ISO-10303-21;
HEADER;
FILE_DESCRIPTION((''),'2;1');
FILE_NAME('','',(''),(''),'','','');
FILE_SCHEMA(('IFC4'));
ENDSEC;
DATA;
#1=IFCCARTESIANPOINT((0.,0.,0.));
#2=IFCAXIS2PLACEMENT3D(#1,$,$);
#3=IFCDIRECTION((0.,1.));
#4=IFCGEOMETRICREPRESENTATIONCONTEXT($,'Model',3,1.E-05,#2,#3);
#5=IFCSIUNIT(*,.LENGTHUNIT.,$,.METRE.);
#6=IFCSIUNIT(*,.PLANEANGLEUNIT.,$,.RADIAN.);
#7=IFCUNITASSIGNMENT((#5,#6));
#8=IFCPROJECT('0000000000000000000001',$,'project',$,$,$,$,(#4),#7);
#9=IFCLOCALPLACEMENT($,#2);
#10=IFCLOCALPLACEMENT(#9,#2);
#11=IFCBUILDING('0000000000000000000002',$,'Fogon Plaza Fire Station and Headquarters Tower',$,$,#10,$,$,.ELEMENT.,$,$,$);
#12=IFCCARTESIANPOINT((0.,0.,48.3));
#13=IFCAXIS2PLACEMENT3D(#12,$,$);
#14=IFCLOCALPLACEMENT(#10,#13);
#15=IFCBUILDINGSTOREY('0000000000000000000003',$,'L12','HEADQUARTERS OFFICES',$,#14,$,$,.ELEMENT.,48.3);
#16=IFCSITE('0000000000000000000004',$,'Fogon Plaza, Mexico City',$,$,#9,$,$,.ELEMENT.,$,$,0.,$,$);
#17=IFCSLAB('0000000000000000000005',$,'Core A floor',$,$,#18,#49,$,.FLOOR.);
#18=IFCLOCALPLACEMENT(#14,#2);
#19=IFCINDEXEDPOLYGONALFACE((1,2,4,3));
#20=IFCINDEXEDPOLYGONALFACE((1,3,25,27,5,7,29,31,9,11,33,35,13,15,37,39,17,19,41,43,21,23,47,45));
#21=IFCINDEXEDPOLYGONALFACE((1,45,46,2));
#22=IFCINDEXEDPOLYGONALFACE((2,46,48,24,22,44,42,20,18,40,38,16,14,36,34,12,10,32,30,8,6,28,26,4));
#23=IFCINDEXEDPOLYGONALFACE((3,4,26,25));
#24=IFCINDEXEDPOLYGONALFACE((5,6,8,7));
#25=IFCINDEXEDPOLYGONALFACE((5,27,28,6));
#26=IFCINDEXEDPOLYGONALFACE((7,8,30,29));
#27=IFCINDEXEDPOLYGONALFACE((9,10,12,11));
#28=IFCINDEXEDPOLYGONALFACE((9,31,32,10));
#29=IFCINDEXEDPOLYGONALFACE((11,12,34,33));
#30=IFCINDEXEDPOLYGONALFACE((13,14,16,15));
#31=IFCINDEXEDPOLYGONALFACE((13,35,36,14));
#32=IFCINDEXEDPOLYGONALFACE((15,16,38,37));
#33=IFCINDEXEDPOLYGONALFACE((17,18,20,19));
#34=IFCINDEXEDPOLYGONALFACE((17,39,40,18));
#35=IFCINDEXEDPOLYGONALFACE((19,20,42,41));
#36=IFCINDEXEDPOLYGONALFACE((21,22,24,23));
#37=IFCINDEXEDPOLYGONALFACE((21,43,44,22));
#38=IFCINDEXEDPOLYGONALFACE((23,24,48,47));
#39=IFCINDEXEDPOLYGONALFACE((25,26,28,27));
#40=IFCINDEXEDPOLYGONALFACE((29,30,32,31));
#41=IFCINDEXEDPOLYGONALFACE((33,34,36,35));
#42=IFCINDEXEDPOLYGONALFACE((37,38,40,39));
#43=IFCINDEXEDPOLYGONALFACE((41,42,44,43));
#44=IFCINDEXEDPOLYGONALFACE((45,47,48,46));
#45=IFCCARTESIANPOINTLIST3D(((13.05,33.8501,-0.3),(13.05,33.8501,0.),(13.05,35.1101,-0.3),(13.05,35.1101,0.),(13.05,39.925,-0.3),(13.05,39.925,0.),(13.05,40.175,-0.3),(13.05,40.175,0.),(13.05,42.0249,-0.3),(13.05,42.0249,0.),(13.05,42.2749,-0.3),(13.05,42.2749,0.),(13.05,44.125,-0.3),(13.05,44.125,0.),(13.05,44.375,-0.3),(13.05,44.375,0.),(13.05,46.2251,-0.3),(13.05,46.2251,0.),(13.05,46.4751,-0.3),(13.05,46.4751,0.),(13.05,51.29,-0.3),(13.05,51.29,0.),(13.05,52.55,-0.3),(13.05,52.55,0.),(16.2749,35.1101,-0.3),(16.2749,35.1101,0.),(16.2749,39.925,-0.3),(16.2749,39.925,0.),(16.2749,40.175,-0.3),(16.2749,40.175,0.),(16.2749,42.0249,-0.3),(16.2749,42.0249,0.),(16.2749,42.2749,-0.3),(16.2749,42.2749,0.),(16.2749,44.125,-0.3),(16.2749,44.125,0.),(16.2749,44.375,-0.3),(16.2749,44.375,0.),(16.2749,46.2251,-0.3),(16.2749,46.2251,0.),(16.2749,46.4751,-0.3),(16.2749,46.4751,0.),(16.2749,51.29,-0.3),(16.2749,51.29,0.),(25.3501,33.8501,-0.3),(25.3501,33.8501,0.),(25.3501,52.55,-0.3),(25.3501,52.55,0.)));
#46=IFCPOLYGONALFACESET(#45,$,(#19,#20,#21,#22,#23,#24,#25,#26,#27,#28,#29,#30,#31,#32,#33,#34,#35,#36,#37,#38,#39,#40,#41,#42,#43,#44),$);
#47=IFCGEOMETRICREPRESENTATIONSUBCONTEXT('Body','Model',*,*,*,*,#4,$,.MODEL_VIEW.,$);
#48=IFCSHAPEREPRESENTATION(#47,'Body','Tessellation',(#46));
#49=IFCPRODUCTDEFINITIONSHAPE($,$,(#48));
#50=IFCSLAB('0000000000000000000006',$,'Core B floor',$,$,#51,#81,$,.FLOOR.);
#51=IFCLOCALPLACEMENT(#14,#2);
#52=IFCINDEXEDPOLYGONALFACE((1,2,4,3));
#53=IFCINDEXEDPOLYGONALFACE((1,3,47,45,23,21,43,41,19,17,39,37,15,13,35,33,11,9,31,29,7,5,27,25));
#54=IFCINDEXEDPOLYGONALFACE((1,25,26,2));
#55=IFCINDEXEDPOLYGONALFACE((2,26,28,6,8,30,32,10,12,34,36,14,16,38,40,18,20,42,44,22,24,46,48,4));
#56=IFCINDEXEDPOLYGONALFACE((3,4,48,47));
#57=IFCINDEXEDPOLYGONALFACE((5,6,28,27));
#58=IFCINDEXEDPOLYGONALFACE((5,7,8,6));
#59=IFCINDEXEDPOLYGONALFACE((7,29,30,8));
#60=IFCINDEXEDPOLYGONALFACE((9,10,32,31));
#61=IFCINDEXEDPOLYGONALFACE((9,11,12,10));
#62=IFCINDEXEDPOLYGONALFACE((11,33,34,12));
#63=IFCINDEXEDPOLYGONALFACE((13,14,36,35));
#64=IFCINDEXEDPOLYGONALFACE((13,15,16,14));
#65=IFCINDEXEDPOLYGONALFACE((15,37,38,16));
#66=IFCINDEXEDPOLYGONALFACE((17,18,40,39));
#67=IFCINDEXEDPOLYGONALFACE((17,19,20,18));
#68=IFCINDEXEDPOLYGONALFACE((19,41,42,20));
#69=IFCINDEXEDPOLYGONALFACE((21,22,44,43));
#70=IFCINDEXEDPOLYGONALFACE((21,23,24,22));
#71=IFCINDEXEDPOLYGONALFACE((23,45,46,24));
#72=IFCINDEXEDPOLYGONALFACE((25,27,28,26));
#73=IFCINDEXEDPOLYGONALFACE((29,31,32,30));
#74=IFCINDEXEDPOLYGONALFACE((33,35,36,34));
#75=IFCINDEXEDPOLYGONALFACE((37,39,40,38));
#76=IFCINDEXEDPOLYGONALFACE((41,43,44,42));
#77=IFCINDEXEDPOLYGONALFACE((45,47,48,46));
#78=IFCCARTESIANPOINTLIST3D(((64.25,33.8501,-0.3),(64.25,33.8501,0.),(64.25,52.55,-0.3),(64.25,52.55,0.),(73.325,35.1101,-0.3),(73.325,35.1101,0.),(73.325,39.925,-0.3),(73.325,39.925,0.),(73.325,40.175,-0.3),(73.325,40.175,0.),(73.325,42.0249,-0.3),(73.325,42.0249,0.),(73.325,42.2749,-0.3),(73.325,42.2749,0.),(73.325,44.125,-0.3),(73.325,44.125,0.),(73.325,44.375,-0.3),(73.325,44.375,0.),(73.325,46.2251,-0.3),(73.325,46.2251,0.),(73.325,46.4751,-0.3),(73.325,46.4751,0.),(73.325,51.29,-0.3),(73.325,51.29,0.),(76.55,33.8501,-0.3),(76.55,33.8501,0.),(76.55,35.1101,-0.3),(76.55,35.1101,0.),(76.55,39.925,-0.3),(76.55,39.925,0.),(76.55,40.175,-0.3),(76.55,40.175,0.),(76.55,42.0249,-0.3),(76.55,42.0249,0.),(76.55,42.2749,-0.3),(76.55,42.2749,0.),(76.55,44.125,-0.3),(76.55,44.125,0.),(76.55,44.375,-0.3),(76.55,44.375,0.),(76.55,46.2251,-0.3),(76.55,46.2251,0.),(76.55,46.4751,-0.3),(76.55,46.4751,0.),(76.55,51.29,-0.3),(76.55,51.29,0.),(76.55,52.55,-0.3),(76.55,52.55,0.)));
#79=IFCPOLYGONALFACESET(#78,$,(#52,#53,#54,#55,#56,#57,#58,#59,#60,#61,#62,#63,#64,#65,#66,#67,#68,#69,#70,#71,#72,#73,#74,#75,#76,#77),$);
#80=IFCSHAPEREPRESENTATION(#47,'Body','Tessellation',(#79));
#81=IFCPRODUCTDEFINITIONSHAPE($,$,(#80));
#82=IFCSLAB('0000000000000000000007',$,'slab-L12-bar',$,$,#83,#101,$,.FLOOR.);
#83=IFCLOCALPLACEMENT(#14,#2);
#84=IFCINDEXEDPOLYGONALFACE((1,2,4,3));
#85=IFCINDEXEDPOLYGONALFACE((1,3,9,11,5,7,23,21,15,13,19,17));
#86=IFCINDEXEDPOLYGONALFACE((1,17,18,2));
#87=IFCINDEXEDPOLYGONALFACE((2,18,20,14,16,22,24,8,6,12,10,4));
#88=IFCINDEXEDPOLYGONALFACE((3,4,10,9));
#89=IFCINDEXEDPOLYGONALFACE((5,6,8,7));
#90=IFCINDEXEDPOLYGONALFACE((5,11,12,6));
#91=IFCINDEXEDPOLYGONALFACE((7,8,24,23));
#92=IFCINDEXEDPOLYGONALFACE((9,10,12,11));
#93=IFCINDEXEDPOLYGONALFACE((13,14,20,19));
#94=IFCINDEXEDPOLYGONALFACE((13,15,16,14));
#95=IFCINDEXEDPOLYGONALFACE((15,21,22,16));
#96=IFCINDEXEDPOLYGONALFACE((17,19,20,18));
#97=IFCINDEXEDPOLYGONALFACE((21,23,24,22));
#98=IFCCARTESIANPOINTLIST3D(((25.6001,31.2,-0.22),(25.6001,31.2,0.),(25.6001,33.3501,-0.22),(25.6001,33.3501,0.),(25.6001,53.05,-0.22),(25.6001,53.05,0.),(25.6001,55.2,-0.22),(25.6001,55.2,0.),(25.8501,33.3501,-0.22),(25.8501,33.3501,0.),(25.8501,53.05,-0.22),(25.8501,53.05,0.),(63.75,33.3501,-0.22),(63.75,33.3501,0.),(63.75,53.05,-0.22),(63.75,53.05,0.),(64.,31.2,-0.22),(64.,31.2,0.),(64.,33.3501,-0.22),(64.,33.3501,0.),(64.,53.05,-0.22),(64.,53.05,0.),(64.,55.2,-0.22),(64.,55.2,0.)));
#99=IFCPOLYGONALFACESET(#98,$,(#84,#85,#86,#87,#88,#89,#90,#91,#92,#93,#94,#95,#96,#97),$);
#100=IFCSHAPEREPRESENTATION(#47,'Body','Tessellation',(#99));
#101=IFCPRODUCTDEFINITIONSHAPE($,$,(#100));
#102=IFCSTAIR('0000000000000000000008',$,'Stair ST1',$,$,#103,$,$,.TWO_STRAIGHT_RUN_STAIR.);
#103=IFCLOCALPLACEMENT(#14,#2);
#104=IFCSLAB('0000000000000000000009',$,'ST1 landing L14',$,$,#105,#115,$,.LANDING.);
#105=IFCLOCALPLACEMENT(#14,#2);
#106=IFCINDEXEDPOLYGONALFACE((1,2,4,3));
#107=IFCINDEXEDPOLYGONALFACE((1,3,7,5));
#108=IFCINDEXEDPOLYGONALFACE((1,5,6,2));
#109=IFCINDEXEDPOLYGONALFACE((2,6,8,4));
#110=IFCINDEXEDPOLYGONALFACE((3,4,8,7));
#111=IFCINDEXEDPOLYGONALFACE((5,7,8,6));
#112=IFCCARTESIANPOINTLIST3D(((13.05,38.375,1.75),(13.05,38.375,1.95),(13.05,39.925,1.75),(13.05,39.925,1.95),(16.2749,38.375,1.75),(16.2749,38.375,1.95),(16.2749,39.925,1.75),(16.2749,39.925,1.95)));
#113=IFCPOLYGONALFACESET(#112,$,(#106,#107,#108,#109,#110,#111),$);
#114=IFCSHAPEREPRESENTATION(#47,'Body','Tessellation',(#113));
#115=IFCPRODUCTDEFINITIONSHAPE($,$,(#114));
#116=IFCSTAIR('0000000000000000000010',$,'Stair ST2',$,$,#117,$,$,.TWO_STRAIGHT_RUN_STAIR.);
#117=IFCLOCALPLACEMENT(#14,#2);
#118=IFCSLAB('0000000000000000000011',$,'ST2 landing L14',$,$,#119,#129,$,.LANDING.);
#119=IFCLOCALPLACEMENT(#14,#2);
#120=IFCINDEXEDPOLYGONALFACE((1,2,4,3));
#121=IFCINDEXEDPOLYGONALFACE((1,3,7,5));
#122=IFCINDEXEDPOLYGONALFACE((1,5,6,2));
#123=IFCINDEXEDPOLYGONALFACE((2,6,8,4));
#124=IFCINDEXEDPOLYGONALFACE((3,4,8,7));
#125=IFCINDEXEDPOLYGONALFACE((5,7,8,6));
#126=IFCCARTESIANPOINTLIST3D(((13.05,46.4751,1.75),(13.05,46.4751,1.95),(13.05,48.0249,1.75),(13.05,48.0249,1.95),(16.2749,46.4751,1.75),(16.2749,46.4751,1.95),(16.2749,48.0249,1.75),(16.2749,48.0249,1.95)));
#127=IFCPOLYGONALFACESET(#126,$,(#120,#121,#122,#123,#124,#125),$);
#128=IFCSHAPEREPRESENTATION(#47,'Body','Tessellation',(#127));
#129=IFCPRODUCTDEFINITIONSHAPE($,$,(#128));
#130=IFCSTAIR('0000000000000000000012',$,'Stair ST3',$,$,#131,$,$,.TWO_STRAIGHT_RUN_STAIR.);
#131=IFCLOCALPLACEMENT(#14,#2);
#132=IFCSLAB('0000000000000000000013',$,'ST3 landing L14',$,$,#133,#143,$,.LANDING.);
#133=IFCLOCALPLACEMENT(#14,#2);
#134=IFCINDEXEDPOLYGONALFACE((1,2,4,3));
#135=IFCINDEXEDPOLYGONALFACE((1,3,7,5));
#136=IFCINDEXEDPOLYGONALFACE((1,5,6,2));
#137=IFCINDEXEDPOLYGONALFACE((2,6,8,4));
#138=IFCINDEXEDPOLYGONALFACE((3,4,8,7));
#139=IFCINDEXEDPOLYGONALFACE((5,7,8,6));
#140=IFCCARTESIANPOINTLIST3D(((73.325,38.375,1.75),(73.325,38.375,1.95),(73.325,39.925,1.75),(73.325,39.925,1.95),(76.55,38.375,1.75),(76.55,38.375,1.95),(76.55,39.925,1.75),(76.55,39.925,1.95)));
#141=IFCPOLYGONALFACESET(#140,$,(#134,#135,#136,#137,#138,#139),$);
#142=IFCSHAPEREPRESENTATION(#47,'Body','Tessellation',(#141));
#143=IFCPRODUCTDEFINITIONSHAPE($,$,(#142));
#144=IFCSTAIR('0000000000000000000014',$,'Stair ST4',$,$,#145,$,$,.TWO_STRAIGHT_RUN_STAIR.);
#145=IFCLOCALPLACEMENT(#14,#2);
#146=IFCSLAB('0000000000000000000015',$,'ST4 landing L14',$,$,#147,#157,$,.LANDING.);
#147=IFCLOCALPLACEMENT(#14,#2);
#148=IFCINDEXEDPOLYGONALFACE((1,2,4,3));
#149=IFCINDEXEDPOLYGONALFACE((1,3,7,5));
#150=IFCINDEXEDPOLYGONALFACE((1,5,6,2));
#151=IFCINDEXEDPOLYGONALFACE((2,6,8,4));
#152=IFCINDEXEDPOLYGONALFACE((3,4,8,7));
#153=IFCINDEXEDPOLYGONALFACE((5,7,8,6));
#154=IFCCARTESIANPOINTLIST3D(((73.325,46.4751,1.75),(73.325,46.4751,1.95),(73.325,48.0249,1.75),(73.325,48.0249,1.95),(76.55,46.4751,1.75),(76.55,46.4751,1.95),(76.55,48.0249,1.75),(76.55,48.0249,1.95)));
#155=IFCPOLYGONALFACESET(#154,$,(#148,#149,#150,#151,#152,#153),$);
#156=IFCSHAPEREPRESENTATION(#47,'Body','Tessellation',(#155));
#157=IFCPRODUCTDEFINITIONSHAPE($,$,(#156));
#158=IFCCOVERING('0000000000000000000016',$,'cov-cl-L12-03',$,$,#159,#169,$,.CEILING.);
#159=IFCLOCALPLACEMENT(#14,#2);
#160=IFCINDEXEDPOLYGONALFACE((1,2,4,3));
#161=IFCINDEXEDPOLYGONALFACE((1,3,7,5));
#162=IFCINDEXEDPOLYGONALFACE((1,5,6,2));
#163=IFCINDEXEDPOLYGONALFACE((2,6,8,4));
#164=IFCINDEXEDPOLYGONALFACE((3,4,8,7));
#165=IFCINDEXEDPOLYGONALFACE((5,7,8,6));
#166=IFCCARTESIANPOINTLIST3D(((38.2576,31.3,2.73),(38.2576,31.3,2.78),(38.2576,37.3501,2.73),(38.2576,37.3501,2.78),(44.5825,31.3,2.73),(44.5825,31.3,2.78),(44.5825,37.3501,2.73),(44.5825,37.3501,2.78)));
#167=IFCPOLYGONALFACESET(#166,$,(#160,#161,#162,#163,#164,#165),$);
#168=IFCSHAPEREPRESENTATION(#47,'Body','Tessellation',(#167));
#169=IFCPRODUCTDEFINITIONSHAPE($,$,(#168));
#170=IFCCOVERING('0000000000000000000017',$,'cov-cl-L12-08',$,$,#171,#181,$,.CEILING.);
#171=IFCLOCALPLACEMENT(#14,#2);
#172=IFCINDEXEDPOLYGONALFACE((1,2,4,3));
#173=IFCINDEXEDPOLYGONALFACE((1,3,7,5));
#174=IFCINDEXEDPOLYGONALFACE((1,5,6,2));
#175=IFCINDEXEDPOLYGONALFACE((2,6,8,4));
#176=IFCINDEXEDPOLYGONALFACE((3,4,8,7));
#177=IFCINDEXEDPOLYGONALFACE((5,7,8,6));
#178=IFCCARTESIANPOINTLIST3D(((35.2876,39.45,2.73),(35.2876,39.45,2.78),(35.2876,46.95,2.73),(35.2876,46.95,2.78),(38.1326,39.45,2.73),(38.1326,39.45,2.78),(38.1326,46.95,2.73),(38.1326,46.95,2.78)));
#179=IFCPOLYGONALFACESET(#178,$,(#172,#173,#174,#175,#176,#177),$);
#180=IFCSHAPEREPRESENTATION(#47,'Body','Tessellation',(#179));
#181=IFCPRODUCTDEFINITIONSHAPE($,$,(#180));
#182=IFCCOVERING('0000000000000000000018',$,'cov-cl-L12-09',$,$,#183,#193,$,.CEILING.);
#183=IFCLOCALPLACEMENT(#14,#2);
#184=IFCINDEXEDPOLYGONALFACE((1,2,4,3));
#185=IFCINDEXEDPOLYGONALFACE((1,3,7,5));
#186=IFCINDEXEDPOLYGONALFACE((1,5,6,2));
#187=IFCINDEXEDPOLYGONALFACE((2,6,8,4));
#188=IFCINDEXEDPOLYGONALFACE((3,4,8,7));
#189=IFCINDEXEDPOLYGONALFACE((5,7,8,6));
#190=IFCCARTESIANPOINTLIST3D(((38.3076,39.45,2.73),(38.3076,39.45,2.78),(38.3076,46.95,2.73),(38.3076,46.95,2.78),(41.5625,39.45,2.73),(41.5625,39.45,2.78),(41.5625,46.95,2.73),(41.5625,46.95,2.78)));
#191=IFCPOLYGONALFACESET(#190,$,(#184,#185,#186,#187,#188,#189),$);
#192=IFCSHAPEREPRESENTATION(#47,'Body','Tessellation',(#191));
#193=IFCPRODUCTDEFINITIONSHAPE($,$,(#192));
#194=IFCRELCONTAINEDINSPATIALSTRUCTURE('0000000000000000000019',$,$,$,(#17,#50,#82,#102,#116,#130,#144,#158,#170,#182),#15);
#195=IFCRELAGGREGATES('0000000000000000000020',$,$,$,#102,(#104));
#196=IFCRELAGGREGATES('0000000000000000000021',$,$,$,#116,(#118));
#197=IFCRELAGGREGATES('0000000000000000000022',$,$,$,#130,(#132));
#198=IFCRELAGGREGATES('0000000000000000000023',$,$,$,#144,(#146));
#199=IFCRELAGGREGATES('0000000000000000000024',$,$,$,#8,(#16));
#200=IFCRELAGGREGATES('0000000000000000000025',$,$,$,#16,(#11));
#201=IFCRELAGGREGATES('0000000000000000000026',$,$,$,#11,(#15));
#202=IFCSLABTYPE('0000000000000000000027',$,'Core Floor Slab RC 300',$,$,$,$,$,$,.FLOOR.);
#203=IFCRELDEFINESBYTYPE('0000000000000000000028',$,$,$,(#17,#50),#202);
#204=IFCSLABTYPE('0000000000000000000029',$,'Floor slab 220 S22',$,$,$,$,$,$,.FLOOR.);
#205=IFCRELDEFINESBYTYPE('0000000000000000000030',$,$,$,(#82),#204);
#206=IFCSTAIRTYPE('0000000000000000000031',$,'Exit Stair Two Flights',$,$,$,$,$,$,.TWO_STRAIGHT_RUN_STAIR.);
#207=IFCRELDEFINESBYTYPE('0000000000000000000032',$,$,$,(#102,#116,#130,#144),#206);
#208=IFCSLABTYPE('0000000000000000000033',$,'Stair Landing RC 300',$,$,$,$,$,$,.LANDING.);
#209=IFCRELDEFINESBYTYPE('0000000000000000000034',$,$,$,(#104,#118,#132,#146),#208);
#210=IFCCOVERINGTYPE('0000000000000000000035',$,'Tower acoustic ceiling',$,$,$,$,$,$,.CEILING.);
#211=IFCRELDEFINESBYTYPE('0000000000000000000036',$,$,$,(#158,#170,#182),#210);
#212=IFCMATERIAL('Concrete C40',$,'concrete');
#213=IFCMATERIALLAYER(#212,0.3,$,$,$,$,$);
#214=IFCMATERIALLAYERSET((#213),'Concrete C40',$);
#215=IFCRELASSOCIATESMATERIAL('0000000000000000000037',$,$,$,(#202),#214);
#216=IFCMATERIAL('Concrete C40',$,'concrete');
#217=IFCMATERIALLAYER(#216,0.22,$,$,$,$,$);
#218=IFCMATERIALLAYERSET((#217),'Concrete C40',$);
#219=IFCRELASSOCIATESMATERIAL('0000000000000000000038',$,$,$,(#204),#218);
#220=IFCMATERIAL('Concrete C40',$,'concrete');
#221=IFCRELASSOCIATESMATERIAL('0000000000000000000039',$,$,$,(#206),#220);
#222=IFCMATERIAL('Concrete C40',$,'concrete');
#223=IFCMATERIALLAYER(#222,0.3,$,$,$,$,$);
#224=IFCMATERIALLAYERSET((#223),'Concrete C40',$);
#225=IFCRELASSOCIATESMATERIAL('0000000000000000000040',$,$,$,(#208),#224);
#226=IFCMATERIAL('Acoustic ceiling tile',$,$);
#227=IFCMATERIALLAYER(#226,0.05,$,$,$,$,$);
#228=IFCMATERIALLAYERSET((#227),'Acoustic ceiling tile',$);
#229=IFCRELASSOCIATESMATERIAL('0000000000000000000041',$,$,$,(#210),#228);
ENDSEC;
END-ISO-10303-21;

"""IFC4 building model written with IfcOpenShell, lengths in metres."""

from ifc_helpers import new_model, si_unit, direction, frame, origin, place, context, subcontext, project, spatial, polyline, outline, extrude, material, layer, layer_set, type_object, element, aggregate, save


model = new_model("IFC4")

# Units and contexts
model_context = context("Model", 3, precision=1e-05, world=origin(), true_north=direction((0.0, 1.0)))
body_context = subcontext(model_context, "Body", "Model", "MODEL_VIEW")
ifc_project = project(units=[si_unit("LENGTHUNIT", "METRE"), si_unit("PLANEANGLEUNIT", "RADIAN")], contexts=[model_context])

# Site, building, storey
site_placement = place(None, origin())
site = spatial("IfcSite", under=ifc_project, at=site_placement, Name="Fogon Plaza, Mexico City", CompositionType="ELEMENT", RefElevation=0.0)
building_placement = place(site_placement, origin())
building = spatial("IfcBuilding", under=site, at=building_placement, Name="Fogon Plaza Fire Station and Headquarters Tower", CompositionType="ELEMENT")
storey_placement = place(building_placement, frame((0.0, 0.0, 48.3)))
storey = spatial("IfcBuildingStorey", under=building, at=storey_placement, Name="L12", Description="HEADQUARTERS OFFICES", CompositionType="ELEMENT", Elevation=48.3)

# Slabs
ifc_material_1 = material(Name="Concrete C40", Category="concrete")
ifc_layer_1 = layer(ifc_material_1, 0.3)
ifc_layer_set_1 = layer_set([ifc_layer_1], Name="Concrete C40")
slab_type_1 = type_object("IfcSlabType", Name="Core Floor Slab RC 300", PredefinedType="FLOOR", material=ifc_layer_set_1)
slab_1_placement = place(storey_placement, frame((0.0, 0.0, -0.3)))
element("IfcSlab", 1, at=slab_1_placement, inside=storey, type_object=slab_type_1, Name="Core A floor", PredefinedType="FLOOR", context=body_context, shape_type="SweptSolid", body=[
    extrude(outline(polyline([(13.05, 35.1101), (13.05, 33.8501), (25.3501, 33.8501), (25.3501, 52.55), (13.05, 52.55), (13.05, 51.29), (16.2749, 51.29), (16.2749, 46.4751), (13.05, 46.4751), (13.05, 46.2251), (16.2749, 46.2251), (16.2749, 44.375), (13.05, 44.375), (13.05, 44.125), (16.2749, 44.125), (16.2749, 42.2749), (13.05, 42.2749), (13.05, 42.0249), (16.2749, 42.0249), (16.2749, 40.175), (13.05, 40.175), (13.05, 39.925), (16.2749, 39.925), (16.2749, 35.1101), (13.05, 35.1101)])), origin(), (0.0, 0.0, 1.0), 0.3),
])
slab_2_placement = place(storey_placement, frame((0.0, 0.0, -0.3)))
element("IfcSlab", 2, at=slab_2_placement, inside=storey, type_object=slab_type_1, Name="Core B floor", PredefinedType="FLOOR", context=body_context, shape_type="SweptSolid", body=[
    extrude(outline(polyline([(76.55, 35.1101), (73.325, 35.1101), (73.325, 39.925), (76.55, 39.925), (76.55, 40.175), (73.325, 40.175), (73.325, 42.0249), (76.55, 42.0249), (76.55, 42.2749), (73.325, 42.2749), (73.325, 44.125), (76.55, 44.125), (76.55, 44.375), (73.325, 44.375), (73.325, 46.2251), (76.55, 46.2251), (76.55, 46.4751), (73.325, 46.4751), (73.325, 51.29), (76.55, 51.29), (76.55, 52.55), (64.25, 52.55), (64.25, 33.8501), (76.55, 33.8501), (76.55, 35.1101)])), origin(), (0.0, 0.0, 1.0), 0.3),
])
ifc_material_2 = material(Name="Concrete C40", Category="concrete")
ifc_layer_2 = layer(ifc_material_2, 0.22)
ifc_layer_set_2 = layer_set([ifc_layer_2], Name="Concrete C40")
slab_type_2 = type_object("IfcSlabType", Name="Floor slab 220 S22", PredefinedType="FLOOR", material=ifc_layer_set_2)
slab_3_placement = place(storey_placement, frame((0.0, 0.0, -0.22)))
element("IfcSlab", 3, at=slab_3_placement, inside=storey, type_object=slab_type_2, Name="slab-L12-bar", PredefinedType="FLOOR", context=body_context, shape_type="SweptSolid", body=[
    extrude(outline(polyline([(64.0, 31.2), (25.6001, 31.2), (25.6001, 33.3501), (25.8501, 33.3501), (25.8501, 53.05), (25.6001, 53.05), (25.6001, 55.2), (64.0, 55.2), (64.0, 53.05), (63.75, 53.05), (63.75, 33.3501), (64.0, 33.3501), (64.0, 31.2)])), origin(), (0.0, 0.0, 1.0), 0.22),
])

# Stairs, slabs
ifc_material_3 = material(Name="Concrete C40", Category="concrete")
stair_type = type_object("IfcStairType", Name="Exit Stair Two Flights", PredefinedType="TWO_STRAIGHT_RUN_STAIR", material=ifc_material_3)
stair_1_placement = place(storey_placement, origin())
stair_1 = element("IfcStair", 4, at=stair_1_placement, inside=storey, type_object=stair_type, Name="Stair ST1", PredefinedType="TWO_STRAIGHT_RUN_STAIR")
ifc_material_4 = material(Name="Concrete C40", Category="concrete")
ifc_layer_3 = layer(ifc_material_4, 0.3)
ifc_layer_set_3 = layer_set([ifc_layer_3], Name="Concrete C40")
slab_type_3 = type_object("IfcSlabType", Name="Stair Landing RC 300", PredefinedType="LANDING", material=ifc_layer_set_3)
slab_4_placement = place(storey_placement, frame((0.0, 0.0, 1.75)))
slab_4 = element("IfcSlab", 5, at=slab_4_placement, type_object=slab_type_3, Name="ST1 landing L14", PredefinedType="LANDING", context=body_context, shape_type="SweptSolid", body=[
    extrude(outline(polyline([(16.2749, 38.375), (16.2749, 39.925), (13.05, 39.925), (13.05, 38.375), (16.2749, 38.375)])), origin(), (0.0, 0.0, 1.0), 0.2),
])
aggregate(stair_1, [slab_4])
stair_2_placement = place(storey_placement, origin())
stair_2 = element("IfcStair", 6, at=stair_2_placement, inside=storey, type_object=stair_type, Name="Stair ST2", PredefinedType="TWO_STRAIGHT_RUN_STAIR")
slab_5_placement = place(storey_placement, frame((0.0, 0.0, 1.75)))
slab_5 = element("IfcSlab", 7, at=slab_5_placement, type_object=slab_type_3, Name="ST2 landing L14", PredefinedType="LANDING", context=body_context, shape_type="SweptSolid", body=[
    extrude(outline(polyline([(16.2749, 46.4751), (16.2749, 48.0249), (13.05, 48.0249), (13.05, 46.4751), (16.2749, 46.4751)])), origin(), (0.0, 0.0, 1.0), 0.2),
])
aggregate(stair_2, [slab_5])
stair_3_placement = place(storey_placement, origin())
stair_3 = element("IfcStair", 8, at=stair_3_placement, inside=storey, type_object=stair_type, Name="Stair ST3", PredefinedType="TWO_STRAIGHT_RUN_STAIR")
slab_6_placement = place(storey_placement, frame((0.0, 0.0, 1.75)))
slab_6 = element("IfcSlab", 9, at=slab_6_placement, type_object=slab_type_3, Name="ST3 landing L14", PredefinedType="LANDING", context=body_context, shape_type="SweptSolid", body=[
    extrude(outline(polyline([(73.325, 38.375), (76.55, 38.375), (76.55, 39.925), (73.325, 39.925), (73.325, 38.375)])), origin(), (0.0, 0.0, 1.0), 0.2),
])
aggregate(stair_3, [slab_6])
stair_4_placement = place(storey_placement, origin())
stair_4 = element("IfcStair", 10, at=stair_4_placement, inside=storey, type_object=stair_type, Name="Stair ST4", PredefinedType="TWO_STRAIGHT_RUN_STAIR")
slab_7_placement = place(storey_placement, frame((0.0, 0.0, 1.75)))
slab_7 = element("IfcSlab", 11, at=slab_7_placement, type_object=slab_type_3, Name="ST4 landing L14", PredefinedType="LANDING", context=body_context, shape_type="SweptSolid", body=[
    extrude(outline(polyline([(73.325, 46.4751), (76.55, 46.4751), (76.55, 48.0249), (73.325, 48.0249), (73.325, 46.4751)])), origin(), (0.0, 0.0, 1.0), 0.2),
])
aggregate(stair_4, [slab_7])

# Coverings
ifc_material_5 = material(Name="Acoustic ceiling tile")
ifc_layer_4 = layer(ifc_material_5, 0.05)
ifc_layer_set_4 = layer_set([ifc_layer_4], Name="Acoustic ceiling tile")
covering_type_1 = type_object("IfcCoveringType", Name="Tower acoustic ceiling", PredefinedType="CEILING", material=ifc_layer_set_4)
covering_1_placement = place(storey_placement, frame((0.0, 0.0, 2.73)))
element("IfcCovering", 12, at=covering_1_placement, inside=storey, type_object=covering_type_1, Name="cov-cl-L12-03", PredefinedType="CEILING", context=body_context, shape_type="SweptSolid", body=[
    extrude(outline(polyline([(44.5825, 31.3), (44.5825, 37.3501), (38.2576, 37.3501), (38.2576, 31.3), (44.5825, 31.3)])), origin(), (0.0, 0.0, 1.0), 0.05),
])
covering_2_placement = place(storey_placement, frame((0.0, 0.0, 2.73)))
element("IfcCovering", 13, at=covering_2_placement, inside=storey, type_object=covering_type_1, Name="cov-cl-L12-08", PredefinedType="CEILING", context=body_context, shape_type="SweptSolid", body=[
    extrude(outline(polyline([(38.1326, 39.45), (38.1326, 46.95), (35.2876, 46.95), (35.2876, 39.45), (38.1326, 39.45)])), origin(), (0.0, 0.0, 1.0), 0.05),
])
covering_3_placement = place(storey_placement, frame((0.0, 0.0, 2.73)))
element("IfcCovering", 14, at=covering_3_placement, inside=storey, type_object=covering_type_1, Name="cov-cl-L12-09", PredefinedType="CEILING", context=body_context, shape_type="SweptSolid", body=[
    extrude(outline(polyline([(41.5625, 39.45), (41.5625, 46.95), (38.3076, 46.95), (38.3076, 39.45), (41.5625, 39.45)])), origin(), (0.0, 0.0, 1.0), 0.05),
])

save(model, "model.ifc")
